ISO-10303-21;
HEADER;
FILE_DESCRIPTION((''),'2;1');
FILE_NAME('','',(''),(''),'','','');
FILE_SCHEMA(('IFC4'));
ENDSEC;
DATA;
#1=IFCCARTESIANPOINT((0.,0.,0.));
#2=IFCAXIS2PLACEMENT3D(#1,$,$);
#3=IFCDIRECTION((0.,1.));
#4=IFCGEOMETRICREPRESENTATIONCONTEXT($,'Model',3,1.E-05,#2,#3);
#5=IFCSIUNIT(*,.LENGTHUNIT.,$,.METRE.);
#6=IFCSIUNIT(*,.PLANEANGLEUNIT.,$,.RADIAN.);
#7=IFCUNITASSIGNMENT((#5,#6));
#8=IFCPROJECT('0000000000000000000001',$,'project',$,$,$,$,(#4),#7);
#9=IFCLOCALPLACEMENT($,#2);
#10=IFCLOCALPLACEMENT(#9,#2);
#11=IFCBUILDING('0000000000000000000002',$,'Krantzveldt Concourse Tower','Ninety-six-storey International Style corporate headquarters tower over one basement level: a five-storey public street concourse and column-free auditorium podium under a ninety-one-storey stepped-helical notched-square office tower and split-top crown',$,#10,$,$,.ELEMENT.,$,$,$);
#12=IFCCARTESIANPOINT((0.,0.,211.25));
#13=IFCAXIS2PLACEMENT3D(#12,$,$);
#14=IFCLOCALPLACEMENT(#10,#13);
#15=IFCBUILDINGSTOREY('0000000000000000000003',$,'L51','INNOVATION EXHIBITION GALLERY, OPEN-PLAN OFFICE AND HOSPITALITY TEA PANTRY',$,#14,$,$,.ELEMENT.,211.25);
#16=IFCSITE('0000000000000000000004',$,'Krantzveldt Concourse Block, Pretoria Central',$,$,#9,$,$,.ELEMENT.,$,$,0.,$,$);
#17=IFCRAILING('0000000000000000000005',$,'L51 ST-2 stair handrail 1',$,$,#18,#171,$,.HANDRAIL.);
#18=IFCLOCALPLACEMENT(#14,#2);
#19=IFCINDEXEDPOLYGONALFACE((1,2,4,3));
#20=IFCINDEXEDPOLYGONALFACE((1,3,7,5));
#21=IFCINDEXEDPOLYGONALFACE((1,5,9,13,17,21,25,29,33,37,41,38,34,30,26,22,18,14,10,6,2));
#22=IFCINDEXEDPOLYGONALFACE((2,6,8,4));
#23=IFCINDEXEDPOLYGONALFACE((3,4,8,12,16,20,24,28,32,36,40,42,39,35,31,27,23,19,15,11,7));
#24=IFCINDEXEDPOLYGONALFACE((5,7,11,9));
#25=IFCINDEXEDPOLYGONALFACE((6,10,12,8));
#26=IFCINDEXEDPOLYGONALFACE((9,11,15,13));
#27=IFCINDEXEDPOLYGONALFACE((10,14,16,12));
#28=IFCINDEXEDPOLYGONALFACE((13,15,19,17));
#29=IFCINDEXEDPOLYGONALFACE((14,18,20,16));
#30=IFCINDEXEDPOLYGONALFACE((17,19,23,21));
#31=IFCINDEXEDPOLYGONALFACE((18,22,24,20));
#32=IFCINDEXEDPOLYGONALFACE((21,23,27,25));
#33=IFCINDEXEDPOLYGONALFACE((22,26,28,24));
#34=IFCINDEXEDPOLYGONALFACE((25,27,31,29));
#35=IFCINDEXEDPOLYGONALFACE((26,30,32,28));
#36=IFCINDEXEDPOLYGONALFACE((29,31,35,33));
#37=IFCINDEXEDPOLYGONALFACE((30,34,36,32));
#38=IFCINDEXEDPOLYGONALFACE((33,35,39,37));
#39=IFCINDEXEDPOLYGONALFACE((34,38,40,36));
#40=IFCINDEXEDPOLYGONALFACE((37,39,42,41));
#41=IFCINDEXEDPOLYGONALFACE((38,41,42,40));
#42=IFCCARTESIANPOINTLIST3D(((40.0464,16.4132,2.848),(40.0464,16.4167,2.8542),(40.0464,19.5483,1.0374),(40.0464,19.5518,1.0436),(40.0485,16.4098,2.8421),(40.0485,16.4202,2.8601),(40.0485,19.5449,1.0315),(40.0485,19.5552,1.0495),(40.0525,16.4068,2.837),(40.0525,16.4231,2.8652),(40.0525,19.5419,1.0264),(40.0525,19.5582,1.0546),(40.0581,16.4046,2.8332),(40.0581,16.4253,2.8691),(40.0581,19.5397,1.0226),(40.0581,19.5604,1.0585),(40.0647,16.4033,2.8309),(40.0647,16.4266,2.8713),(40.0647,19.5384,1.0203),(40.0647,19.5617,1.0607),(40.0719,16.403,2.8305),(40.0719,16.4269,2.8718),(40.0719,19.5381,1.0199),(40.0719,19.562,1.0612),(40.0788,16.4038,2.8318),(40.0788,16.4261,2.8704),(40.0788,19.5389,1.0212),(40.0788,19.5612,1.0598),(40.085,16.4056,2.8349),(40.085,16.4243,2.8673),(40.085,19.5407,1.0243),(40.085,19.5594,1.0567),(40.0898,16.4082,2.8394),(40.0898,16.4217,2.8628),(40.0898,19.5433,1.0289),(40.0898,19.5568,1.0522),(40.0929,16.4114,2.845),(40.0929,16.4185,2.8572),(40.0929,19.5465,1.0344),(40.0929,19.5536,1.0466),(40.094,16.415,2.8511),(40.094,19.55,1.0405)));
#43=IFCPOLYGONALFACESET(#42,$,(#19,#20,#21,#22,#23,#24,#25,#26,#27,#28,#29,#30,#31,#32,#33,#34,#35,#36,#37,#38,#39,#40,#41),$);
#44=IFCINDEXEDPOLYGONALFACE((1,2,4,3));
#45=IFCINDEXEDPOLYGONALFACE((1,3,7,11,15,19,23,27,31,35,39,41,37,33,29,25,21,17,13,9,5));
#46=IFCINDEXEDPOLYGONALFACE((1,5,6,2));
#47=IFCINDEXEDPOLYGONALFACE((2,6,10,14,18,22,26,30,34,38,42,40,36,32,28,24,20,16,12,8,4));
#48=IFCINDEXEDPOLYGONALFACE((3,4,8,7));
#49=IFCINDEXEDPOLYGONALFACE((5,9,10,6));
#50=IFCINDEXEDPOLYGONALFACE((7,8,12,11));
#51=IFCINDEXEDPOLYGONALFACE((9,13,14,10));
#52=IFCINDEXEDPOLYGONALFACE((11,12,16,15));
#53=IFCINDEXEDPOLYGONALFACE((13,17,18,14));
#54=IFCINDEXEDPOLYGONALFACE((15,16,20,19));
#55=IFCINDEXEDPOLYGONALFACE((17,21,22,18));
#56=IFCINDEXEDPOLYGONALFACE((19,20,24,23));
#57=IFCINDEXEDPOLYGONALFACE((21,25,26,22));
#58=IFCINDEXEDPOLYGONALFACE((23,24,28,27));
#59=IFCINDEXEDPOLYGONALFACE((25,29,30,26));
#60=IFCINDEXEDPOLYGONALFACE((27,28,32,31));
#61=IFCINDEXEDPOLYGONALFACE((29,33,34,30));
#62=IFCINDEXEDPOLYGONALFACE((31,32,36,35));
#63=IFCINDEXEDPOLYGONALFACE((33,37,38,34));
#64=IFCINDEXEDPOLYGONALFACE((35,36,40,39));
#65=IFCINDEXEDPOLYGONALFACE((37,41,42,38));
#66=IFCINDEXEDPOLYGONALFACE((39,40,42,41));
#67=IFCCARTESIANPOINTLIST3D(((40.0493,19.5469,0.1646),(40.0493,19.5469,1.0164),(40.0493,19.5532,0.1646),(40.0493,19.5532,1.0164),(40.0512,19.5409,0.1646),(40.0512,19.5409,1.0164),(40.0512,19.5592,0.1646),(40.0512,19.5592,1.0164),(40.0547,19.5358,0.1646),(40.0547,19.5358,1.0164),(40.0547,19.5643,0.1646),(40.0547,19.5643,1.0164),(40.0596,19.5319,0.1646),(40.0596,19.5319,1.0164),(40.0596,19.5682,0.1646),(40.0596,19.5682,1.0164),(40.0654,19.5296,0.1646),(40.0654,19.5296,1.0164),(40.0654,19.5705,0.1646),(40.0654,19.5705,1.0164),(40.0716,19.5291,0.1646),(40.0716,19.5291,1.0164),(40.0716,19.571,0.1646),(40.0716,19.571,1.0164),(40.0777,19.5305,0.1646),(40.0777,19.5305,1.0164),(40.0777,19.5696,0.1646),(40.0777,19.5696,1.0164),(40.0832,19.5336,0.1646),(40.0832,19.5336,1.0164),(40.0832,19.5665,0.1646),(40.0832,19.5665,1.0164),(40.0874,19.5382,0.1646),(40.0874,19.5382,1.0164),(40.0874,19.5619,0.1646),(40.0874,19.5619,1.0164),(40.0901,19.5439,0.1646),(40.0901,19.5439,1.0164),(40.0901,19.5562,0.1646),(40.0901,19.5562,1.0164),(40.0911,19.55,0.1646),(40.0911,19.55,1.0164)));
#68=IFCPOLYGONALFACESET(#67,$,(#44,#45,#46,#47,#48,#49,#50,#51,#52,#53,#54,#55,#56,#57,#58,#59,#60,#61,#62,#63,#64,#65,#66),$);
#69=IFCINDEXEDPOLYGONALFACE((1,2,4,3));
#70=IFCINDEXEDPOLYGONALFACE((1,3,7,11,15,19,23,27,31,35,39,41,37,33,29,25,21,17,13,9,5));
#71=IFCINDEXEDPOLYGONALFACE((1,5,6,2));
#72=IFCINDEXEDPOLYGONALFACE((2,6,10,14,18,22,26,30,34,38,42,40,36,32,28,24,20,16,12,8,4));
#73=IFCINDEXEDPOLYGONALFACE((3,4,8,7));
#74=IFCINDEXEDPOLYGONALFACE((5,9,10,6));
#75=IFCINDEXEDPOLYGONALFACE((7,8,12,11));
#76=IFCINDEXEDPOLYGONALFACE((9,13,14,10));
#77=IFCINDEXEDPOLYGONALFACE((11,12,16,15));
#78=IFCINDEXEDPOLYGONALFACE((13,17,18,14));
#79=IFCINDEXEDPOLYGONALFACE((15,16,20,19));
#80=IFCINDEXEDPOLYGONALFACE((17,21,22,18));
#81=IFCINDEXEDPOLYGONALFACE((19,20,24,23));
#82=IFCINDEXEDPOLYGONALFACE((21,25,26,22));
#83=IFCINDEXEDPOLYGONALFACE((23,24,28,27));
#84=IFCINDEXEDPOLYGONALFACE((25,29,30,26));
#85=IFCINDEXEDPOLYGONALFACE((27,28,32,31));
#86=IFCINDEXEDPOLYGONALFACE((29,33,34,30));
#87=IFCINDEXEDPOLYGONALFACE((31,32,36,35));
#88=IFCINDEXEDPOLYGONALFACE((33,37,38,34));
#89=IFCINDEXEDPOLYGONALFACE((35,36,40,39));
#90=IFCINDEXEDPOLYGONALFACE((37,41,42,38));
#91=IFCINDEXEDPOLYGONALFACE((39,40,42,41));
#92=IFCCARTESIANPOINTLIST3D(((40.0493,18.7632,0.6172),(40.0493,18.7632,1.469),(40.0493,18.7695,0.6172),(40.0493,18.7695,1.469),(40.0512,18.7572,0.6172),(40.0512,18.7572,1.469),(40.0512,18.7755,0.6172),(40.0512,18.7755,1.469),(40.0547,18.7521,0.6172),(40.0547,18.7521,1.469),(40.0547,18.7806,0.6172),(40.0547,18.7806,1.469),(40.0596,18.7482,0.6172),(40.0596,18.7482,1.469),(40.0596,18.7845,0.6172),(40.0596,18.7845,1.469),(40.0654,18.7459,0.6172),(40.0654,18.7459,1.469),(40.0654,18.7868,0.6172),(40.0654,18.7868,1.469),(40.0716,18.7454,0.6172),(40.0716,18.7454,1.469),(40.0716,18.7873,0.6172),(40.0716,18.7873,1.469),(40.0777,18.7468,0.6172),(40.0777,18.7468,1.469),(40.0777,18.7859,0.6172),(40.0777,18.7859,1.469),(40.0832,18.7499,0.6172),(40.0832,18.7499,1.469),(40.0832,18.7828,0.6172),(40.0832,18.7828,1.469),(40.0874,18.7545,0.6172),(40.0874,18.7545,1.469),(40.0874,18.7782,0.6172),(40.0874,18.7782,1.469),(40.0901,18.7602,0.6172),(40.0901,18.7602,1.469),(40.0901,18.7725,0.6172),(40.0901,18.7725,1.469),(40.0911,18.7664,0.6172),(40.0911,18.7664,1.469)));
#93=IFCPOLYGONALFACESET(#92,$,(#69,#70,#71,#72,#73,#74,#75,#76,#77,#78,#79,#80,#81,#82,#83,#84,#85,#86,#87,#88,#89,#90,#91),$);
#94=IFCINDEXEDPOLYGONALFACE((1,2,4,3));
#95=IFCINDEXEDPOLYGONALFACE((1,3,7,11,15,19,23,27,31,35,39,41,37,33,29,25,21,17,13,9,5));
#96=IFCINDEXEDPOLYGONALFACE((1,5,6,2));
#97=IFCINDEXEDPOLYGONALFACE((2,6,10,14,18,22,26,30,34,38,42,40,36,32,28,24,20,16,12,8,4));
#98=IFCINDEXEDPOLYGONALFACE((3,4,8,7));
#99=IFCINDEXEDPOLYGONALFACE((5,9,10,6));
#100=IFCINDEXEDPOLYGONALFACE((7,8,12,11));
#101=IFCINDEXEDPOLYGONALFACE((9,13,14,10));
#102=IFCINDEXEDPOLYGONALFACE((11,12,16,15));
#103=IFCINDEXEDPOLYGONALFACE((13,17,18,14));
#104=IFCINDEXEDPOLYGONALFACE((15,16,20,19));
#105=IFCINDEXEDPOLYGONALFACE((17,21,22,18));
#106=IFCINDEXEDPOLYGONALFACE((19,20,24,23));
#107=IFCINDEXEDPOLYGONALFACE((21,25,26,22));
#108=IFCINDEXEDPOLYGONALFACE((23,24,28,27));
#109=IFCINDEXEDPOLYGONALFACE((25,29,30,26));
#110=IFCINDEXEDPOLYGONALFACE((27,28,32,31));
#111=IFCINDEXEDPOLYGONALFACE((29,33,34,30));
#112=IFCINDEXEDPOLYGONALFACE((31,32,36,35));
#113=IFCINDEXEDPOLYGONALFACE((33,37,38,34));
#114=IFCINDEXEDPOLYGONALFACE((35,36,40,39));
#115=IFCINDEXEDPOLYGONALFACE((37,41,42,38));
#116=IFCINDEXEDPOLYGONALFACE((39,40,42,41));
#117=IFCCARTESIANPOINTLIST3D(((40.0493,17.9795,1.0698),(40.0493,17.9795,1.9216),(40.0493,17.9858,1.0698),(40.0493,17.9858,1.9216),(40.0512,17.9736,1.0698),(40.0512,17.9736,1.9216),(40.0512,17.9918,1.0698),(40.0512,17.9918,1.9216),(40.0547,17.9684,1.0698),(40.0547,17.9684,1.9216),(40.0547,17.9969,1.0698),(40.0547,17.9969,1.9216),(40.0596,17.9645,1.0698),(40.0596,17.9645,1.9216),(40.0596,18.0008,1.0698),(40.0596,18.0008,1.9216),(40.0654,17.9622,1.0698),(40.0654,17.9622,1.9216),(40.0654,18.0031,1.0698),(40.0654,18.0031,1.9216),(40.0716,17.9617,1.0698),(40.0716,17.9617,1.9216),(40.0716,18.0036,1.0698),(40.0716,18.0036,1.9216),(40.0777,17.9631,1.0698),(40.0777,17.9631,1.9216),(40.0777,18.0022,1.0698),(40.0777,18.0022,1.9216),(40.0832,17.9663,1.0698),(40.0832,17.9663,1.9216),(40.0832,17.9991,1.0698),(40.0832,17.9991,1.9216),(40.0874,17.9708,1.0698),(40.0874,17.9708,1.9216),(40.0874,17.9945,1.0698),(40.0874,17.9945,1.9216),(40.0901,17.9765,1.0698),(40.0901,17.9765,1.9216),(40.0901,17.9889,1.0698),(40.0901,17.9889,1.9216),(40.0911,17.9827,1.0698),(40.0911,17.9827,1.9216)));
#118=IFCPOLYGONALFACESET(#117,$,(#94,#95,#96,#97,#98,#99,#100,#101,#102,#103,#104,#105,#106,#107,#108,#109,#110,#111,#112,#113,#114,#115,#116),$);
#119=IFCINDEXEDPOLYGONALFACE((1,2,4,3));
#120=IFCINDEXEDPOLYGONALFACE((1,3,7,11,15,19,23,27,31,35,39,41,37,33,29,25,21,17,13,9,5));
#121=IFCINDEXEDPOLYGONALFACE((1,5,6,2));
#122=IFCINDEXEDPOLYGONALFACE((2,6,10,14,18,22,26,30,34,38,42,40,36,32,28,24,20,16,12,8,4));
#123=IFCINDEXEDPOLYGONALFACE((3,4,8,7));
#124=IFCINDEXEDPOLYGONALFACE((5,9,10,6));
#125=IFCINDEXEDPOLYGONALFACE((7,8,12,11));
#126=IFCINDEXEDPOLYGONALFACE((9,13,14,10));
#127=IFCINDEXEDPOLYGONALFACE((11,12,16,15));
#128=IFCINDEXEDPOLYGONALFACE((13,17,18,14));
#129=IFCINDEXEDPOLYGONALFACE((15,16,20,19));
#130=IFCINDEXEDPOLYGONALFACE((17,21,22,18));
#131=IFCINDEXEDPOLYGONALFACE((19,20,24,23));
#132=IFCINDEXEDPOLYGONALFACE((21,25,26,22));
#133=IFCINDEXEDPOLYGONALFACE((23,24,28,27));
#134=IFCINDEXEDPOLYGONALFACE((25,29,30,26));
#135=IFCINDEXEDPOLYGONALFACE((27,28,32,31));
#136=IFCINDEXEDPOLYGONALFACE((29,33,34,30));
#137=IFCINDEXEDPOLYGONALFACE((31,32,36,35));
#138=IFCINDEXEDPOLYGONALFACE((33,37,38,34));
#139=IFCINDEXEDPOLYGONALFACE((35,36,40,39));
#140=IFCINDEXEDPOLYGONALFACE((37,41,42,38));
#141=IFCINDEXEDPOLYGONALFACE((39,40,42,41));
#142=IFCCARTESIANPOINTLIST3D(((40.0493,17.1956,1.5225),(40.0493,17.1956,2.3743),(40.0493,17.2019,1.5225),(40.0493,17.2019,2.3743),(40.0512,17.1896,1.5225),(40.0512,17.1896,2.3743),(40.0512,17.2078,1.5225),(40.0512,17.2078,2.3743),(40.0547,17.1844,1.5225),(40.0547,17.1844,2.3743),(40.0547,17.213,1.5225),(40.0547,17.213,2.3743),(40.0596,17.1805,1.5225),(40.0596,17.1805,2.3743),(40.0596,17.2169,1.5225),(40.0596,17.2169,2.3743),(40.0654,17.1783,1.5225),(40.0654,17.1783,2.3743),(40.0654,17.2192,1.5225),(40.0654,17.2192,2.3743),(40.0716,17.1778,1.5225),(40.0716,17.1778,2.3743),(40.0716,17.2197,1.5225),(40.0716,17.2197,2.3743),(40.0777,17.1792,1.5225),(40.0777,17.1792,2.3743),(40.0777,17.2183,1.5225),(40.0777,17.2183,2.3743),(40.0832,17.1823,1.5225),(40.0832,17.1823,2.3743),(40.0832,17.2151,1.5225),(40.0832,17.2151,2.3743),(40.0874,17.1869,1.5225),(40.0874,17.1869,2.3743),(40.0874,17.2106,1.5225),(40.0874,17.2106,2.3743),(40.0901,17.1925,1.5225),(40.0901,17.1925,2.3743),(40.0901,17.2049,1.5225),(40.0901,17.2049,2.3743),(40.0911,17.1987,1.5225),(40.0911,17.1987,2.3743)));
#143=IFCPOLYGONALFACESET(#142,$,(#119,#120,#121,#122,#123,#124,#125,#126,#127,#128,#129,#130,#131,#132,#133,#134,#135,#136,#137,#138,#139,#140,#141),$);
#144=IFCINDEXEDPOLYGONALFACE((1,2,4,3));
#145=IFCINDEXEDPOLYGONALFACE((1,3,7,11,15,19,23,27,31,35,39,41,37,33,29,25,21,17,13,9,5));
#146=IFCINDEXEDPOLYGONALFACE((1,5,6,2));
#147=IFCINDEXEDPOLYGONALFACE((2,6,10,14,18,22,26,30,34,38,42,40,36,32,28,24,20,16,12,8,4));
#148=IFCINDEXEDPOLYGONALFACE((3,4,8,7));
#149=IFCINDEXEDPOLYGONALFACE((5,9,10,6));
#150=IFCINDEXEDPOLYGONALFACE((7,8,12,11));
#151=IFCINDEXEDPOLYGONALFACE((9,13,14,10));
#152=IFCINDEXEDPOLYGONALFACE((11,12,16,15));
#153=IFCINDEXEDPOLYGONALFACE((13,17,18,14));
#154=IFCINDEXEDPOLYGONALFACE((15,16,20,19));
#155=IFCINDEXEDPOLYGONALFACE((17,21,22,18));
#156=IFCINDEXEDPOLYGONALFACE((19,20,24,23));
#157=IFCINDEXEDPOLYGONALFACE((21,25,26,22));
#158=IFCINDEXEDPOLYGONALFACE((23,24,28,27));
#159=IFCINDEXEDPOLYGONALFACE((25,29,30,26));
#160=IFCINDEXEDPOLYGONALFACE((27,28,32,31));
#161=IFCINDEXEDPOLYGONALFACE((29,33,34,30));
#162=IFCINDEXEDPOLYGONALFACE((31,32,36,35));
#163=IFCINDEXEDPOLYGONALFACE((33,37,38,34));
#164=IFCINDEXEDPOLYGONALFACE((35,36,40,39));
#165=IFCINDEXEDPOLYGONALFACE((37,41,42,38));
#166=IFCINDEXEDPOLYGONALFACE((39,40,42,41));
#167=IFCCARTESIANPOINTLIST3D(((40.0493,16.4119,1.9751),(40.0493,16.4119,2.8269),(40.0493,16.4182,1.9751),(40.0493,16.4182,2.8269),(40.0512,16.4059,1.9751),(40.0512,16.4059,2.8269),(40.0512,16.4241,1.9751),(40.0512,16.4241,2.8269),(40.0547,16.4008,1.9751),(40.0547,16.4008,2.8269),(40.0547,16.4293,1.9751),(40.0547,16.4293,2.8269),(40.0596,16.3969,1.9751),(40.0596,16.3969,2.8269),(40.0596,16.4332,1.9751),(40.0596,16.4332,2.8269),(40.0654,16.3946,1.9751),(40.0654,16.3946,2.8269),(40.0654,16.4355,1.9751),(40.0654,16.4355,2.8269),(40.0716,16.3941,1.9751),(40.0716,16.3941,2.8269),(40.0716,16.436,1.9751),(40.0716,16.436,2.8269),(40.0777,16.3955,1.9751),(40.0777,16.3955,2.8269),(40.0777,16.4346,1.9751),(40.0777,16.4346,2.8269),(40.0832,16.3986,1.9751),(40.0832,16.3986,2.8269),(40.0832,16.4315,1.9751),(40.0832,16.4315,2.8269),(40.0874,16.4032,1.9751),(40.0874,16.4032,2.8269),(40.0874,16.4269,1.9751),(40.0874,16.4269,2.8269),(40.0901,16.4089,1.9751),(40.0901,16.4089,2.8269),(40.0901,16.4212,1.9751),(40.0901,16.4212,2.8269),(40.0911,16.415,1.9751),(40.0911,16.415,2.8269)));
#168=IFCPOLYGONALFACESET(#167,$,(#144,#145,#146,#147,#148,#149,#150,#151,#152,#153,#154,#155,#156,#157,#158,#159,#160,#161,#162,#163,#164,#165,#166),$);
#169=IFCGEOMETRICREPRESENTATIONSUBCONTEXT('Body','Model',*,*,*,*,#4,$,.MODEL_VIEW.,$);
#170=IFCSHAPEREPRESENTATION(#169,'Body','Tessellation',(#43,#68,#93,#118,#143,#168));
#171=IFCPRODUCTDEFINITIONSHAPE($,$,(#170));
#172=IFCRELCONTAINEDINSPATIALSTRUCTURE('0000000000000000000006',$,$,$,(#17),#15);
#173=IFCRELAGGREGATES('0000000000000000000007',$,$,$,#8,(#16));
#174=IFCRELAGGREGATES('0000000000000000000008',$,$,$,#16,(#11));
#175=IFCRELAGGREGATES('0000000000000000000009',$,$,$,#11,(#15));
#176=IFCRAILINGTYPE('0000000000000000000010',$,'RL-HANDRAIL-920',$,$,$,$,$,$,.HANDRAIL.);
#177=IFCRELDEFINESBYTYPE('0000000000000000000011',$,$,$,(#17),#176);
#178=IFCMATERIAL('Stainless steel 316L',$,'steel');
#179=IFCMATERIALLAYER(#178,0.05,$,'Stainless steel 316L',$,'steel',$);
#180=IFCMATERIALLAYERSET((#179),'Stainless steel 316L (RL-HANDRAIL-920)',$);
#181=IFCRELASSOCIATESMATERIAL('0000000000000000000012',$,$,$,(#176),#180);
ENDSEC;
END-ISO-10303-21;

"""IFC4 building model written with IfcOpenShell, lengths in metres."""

from ifc_helpers import new_model, si_unit, direction, frame, origin, origin_2d, place, context, subcontext, project, spatial, circle, extrude, material, layer, layer_set, type_object, element, save


model = new_model("IFC4")

# Units and contexts
model_context = context("Model", 3, precision=1e-05, world=origin(), true_north=direction((0.0, 1.0)))
body_context = subcontext(model_context, "Body", "Model", "MODEL_VIEW")
ifc_project = project(units=[si_unit("LENGTHUNIT", "METRE"), si_unit("PLANEANGLEUNIT", "RADIAN")], contexts=[model_context])

# Site, building, storey
site_placement = place(None, origin())
site = spatial("IfcSite", under=ifc_project, at=site_placement, Name="Krantzveldt Concourse Block, Pretoria Central", CompositionType="ELEMENT", RefElevation=0.0)
building_placement = place(site_placement, origin())
building = spatial("IfcBuilding", under=site, at=building_placement, Name="Krantzveldt Concourse Tower", Description="Ninety-six-storey International Style corporate headquarters tower over one basement level: a five-storey public street concourse and column-free auditorium podium under a ninety-one-storey stepped-helical notched-square office tower and split-top crown", CompositionType="ELEMENT")
storey_placement = place(building_placement, frame((0.0, 0.0, 211.25)))
storey = spatial("IfcBuildingStorey", under=building, at=storey_placement, Name="L51", Description="INNOVATION EXHIBITION GALLERY, OPEN-PLAN OFFICE AND HOSPITALITY TEA PANTRY", CompositionType="ELEMENT", Elevation=211.25)

# Shared definitions
ifc_material_1 = material(Name="Stainless steel 316L", Category="steel")

# Railing
ifc_layer_1 = layer(ifc_material_1, 0.05, Name="Stainless steel 316L", Category="steel")
ifc_layer_set_1 = layer_set([ifc_layer_1], Name="Stainless steel 316L (RL-HANDRAIL-920)")
railing_type_1 = type_object("IfcRailingType", Name="RL-HANDRAIL-920", PredefinedType="HANDRAIL", material=ifc_layer_set_1)
railing_1_placement = place(storey_placement, frame((40.0701, 19.55, 0.1646)))
element("IfcRailing", 1, at=railing_1_placement, inside=storey, type_object=railing_type_1, Name="L51 ST-2 stair handrail 1", PredefinedType="HANDRAIL", context=body_context, shape_type="SweptSolid", body=[
    extrude(circle(Radius=0.0239, at=origin_2d()), frame((0.0, 0.0, 0.876), z_axis=(0.0, -0.86596, 0.500114), x_axis=(1.0, 0.0, 0.0)), (0.0, 0.0, 1.0), 3.6204),
    extrude(circle(Radius=0.021, at=origin_2d()), origin(), (0.0, 0.0, 1.0), 0.8518),
    extrude(circle(Radius=0.021, at=origin_2d()), frame((0.0, -0.7837, 0.4526)), (0.0, 0.0, 1.0), 0.8518),
    extrude(circle(Radius=0.021, at=origin_2d()), frame((0.0, -1.5674, 0.9053)), (0.0, 0.0, 1.0), 0.8518),
    extrude(circle(Radius=0.021, at=origin_2d()), frame((0.0, -2.3513, 1.3579)), (0.0, 0.0, 1.0), 0.8518),
    extrude(circle(Radius=0.021, at=origin_2d()), frame((0.0, -3.135, 1.8105)), (0.0, 0.0, 1.0), 0.8518),
])

save(model, "model.ifc")
